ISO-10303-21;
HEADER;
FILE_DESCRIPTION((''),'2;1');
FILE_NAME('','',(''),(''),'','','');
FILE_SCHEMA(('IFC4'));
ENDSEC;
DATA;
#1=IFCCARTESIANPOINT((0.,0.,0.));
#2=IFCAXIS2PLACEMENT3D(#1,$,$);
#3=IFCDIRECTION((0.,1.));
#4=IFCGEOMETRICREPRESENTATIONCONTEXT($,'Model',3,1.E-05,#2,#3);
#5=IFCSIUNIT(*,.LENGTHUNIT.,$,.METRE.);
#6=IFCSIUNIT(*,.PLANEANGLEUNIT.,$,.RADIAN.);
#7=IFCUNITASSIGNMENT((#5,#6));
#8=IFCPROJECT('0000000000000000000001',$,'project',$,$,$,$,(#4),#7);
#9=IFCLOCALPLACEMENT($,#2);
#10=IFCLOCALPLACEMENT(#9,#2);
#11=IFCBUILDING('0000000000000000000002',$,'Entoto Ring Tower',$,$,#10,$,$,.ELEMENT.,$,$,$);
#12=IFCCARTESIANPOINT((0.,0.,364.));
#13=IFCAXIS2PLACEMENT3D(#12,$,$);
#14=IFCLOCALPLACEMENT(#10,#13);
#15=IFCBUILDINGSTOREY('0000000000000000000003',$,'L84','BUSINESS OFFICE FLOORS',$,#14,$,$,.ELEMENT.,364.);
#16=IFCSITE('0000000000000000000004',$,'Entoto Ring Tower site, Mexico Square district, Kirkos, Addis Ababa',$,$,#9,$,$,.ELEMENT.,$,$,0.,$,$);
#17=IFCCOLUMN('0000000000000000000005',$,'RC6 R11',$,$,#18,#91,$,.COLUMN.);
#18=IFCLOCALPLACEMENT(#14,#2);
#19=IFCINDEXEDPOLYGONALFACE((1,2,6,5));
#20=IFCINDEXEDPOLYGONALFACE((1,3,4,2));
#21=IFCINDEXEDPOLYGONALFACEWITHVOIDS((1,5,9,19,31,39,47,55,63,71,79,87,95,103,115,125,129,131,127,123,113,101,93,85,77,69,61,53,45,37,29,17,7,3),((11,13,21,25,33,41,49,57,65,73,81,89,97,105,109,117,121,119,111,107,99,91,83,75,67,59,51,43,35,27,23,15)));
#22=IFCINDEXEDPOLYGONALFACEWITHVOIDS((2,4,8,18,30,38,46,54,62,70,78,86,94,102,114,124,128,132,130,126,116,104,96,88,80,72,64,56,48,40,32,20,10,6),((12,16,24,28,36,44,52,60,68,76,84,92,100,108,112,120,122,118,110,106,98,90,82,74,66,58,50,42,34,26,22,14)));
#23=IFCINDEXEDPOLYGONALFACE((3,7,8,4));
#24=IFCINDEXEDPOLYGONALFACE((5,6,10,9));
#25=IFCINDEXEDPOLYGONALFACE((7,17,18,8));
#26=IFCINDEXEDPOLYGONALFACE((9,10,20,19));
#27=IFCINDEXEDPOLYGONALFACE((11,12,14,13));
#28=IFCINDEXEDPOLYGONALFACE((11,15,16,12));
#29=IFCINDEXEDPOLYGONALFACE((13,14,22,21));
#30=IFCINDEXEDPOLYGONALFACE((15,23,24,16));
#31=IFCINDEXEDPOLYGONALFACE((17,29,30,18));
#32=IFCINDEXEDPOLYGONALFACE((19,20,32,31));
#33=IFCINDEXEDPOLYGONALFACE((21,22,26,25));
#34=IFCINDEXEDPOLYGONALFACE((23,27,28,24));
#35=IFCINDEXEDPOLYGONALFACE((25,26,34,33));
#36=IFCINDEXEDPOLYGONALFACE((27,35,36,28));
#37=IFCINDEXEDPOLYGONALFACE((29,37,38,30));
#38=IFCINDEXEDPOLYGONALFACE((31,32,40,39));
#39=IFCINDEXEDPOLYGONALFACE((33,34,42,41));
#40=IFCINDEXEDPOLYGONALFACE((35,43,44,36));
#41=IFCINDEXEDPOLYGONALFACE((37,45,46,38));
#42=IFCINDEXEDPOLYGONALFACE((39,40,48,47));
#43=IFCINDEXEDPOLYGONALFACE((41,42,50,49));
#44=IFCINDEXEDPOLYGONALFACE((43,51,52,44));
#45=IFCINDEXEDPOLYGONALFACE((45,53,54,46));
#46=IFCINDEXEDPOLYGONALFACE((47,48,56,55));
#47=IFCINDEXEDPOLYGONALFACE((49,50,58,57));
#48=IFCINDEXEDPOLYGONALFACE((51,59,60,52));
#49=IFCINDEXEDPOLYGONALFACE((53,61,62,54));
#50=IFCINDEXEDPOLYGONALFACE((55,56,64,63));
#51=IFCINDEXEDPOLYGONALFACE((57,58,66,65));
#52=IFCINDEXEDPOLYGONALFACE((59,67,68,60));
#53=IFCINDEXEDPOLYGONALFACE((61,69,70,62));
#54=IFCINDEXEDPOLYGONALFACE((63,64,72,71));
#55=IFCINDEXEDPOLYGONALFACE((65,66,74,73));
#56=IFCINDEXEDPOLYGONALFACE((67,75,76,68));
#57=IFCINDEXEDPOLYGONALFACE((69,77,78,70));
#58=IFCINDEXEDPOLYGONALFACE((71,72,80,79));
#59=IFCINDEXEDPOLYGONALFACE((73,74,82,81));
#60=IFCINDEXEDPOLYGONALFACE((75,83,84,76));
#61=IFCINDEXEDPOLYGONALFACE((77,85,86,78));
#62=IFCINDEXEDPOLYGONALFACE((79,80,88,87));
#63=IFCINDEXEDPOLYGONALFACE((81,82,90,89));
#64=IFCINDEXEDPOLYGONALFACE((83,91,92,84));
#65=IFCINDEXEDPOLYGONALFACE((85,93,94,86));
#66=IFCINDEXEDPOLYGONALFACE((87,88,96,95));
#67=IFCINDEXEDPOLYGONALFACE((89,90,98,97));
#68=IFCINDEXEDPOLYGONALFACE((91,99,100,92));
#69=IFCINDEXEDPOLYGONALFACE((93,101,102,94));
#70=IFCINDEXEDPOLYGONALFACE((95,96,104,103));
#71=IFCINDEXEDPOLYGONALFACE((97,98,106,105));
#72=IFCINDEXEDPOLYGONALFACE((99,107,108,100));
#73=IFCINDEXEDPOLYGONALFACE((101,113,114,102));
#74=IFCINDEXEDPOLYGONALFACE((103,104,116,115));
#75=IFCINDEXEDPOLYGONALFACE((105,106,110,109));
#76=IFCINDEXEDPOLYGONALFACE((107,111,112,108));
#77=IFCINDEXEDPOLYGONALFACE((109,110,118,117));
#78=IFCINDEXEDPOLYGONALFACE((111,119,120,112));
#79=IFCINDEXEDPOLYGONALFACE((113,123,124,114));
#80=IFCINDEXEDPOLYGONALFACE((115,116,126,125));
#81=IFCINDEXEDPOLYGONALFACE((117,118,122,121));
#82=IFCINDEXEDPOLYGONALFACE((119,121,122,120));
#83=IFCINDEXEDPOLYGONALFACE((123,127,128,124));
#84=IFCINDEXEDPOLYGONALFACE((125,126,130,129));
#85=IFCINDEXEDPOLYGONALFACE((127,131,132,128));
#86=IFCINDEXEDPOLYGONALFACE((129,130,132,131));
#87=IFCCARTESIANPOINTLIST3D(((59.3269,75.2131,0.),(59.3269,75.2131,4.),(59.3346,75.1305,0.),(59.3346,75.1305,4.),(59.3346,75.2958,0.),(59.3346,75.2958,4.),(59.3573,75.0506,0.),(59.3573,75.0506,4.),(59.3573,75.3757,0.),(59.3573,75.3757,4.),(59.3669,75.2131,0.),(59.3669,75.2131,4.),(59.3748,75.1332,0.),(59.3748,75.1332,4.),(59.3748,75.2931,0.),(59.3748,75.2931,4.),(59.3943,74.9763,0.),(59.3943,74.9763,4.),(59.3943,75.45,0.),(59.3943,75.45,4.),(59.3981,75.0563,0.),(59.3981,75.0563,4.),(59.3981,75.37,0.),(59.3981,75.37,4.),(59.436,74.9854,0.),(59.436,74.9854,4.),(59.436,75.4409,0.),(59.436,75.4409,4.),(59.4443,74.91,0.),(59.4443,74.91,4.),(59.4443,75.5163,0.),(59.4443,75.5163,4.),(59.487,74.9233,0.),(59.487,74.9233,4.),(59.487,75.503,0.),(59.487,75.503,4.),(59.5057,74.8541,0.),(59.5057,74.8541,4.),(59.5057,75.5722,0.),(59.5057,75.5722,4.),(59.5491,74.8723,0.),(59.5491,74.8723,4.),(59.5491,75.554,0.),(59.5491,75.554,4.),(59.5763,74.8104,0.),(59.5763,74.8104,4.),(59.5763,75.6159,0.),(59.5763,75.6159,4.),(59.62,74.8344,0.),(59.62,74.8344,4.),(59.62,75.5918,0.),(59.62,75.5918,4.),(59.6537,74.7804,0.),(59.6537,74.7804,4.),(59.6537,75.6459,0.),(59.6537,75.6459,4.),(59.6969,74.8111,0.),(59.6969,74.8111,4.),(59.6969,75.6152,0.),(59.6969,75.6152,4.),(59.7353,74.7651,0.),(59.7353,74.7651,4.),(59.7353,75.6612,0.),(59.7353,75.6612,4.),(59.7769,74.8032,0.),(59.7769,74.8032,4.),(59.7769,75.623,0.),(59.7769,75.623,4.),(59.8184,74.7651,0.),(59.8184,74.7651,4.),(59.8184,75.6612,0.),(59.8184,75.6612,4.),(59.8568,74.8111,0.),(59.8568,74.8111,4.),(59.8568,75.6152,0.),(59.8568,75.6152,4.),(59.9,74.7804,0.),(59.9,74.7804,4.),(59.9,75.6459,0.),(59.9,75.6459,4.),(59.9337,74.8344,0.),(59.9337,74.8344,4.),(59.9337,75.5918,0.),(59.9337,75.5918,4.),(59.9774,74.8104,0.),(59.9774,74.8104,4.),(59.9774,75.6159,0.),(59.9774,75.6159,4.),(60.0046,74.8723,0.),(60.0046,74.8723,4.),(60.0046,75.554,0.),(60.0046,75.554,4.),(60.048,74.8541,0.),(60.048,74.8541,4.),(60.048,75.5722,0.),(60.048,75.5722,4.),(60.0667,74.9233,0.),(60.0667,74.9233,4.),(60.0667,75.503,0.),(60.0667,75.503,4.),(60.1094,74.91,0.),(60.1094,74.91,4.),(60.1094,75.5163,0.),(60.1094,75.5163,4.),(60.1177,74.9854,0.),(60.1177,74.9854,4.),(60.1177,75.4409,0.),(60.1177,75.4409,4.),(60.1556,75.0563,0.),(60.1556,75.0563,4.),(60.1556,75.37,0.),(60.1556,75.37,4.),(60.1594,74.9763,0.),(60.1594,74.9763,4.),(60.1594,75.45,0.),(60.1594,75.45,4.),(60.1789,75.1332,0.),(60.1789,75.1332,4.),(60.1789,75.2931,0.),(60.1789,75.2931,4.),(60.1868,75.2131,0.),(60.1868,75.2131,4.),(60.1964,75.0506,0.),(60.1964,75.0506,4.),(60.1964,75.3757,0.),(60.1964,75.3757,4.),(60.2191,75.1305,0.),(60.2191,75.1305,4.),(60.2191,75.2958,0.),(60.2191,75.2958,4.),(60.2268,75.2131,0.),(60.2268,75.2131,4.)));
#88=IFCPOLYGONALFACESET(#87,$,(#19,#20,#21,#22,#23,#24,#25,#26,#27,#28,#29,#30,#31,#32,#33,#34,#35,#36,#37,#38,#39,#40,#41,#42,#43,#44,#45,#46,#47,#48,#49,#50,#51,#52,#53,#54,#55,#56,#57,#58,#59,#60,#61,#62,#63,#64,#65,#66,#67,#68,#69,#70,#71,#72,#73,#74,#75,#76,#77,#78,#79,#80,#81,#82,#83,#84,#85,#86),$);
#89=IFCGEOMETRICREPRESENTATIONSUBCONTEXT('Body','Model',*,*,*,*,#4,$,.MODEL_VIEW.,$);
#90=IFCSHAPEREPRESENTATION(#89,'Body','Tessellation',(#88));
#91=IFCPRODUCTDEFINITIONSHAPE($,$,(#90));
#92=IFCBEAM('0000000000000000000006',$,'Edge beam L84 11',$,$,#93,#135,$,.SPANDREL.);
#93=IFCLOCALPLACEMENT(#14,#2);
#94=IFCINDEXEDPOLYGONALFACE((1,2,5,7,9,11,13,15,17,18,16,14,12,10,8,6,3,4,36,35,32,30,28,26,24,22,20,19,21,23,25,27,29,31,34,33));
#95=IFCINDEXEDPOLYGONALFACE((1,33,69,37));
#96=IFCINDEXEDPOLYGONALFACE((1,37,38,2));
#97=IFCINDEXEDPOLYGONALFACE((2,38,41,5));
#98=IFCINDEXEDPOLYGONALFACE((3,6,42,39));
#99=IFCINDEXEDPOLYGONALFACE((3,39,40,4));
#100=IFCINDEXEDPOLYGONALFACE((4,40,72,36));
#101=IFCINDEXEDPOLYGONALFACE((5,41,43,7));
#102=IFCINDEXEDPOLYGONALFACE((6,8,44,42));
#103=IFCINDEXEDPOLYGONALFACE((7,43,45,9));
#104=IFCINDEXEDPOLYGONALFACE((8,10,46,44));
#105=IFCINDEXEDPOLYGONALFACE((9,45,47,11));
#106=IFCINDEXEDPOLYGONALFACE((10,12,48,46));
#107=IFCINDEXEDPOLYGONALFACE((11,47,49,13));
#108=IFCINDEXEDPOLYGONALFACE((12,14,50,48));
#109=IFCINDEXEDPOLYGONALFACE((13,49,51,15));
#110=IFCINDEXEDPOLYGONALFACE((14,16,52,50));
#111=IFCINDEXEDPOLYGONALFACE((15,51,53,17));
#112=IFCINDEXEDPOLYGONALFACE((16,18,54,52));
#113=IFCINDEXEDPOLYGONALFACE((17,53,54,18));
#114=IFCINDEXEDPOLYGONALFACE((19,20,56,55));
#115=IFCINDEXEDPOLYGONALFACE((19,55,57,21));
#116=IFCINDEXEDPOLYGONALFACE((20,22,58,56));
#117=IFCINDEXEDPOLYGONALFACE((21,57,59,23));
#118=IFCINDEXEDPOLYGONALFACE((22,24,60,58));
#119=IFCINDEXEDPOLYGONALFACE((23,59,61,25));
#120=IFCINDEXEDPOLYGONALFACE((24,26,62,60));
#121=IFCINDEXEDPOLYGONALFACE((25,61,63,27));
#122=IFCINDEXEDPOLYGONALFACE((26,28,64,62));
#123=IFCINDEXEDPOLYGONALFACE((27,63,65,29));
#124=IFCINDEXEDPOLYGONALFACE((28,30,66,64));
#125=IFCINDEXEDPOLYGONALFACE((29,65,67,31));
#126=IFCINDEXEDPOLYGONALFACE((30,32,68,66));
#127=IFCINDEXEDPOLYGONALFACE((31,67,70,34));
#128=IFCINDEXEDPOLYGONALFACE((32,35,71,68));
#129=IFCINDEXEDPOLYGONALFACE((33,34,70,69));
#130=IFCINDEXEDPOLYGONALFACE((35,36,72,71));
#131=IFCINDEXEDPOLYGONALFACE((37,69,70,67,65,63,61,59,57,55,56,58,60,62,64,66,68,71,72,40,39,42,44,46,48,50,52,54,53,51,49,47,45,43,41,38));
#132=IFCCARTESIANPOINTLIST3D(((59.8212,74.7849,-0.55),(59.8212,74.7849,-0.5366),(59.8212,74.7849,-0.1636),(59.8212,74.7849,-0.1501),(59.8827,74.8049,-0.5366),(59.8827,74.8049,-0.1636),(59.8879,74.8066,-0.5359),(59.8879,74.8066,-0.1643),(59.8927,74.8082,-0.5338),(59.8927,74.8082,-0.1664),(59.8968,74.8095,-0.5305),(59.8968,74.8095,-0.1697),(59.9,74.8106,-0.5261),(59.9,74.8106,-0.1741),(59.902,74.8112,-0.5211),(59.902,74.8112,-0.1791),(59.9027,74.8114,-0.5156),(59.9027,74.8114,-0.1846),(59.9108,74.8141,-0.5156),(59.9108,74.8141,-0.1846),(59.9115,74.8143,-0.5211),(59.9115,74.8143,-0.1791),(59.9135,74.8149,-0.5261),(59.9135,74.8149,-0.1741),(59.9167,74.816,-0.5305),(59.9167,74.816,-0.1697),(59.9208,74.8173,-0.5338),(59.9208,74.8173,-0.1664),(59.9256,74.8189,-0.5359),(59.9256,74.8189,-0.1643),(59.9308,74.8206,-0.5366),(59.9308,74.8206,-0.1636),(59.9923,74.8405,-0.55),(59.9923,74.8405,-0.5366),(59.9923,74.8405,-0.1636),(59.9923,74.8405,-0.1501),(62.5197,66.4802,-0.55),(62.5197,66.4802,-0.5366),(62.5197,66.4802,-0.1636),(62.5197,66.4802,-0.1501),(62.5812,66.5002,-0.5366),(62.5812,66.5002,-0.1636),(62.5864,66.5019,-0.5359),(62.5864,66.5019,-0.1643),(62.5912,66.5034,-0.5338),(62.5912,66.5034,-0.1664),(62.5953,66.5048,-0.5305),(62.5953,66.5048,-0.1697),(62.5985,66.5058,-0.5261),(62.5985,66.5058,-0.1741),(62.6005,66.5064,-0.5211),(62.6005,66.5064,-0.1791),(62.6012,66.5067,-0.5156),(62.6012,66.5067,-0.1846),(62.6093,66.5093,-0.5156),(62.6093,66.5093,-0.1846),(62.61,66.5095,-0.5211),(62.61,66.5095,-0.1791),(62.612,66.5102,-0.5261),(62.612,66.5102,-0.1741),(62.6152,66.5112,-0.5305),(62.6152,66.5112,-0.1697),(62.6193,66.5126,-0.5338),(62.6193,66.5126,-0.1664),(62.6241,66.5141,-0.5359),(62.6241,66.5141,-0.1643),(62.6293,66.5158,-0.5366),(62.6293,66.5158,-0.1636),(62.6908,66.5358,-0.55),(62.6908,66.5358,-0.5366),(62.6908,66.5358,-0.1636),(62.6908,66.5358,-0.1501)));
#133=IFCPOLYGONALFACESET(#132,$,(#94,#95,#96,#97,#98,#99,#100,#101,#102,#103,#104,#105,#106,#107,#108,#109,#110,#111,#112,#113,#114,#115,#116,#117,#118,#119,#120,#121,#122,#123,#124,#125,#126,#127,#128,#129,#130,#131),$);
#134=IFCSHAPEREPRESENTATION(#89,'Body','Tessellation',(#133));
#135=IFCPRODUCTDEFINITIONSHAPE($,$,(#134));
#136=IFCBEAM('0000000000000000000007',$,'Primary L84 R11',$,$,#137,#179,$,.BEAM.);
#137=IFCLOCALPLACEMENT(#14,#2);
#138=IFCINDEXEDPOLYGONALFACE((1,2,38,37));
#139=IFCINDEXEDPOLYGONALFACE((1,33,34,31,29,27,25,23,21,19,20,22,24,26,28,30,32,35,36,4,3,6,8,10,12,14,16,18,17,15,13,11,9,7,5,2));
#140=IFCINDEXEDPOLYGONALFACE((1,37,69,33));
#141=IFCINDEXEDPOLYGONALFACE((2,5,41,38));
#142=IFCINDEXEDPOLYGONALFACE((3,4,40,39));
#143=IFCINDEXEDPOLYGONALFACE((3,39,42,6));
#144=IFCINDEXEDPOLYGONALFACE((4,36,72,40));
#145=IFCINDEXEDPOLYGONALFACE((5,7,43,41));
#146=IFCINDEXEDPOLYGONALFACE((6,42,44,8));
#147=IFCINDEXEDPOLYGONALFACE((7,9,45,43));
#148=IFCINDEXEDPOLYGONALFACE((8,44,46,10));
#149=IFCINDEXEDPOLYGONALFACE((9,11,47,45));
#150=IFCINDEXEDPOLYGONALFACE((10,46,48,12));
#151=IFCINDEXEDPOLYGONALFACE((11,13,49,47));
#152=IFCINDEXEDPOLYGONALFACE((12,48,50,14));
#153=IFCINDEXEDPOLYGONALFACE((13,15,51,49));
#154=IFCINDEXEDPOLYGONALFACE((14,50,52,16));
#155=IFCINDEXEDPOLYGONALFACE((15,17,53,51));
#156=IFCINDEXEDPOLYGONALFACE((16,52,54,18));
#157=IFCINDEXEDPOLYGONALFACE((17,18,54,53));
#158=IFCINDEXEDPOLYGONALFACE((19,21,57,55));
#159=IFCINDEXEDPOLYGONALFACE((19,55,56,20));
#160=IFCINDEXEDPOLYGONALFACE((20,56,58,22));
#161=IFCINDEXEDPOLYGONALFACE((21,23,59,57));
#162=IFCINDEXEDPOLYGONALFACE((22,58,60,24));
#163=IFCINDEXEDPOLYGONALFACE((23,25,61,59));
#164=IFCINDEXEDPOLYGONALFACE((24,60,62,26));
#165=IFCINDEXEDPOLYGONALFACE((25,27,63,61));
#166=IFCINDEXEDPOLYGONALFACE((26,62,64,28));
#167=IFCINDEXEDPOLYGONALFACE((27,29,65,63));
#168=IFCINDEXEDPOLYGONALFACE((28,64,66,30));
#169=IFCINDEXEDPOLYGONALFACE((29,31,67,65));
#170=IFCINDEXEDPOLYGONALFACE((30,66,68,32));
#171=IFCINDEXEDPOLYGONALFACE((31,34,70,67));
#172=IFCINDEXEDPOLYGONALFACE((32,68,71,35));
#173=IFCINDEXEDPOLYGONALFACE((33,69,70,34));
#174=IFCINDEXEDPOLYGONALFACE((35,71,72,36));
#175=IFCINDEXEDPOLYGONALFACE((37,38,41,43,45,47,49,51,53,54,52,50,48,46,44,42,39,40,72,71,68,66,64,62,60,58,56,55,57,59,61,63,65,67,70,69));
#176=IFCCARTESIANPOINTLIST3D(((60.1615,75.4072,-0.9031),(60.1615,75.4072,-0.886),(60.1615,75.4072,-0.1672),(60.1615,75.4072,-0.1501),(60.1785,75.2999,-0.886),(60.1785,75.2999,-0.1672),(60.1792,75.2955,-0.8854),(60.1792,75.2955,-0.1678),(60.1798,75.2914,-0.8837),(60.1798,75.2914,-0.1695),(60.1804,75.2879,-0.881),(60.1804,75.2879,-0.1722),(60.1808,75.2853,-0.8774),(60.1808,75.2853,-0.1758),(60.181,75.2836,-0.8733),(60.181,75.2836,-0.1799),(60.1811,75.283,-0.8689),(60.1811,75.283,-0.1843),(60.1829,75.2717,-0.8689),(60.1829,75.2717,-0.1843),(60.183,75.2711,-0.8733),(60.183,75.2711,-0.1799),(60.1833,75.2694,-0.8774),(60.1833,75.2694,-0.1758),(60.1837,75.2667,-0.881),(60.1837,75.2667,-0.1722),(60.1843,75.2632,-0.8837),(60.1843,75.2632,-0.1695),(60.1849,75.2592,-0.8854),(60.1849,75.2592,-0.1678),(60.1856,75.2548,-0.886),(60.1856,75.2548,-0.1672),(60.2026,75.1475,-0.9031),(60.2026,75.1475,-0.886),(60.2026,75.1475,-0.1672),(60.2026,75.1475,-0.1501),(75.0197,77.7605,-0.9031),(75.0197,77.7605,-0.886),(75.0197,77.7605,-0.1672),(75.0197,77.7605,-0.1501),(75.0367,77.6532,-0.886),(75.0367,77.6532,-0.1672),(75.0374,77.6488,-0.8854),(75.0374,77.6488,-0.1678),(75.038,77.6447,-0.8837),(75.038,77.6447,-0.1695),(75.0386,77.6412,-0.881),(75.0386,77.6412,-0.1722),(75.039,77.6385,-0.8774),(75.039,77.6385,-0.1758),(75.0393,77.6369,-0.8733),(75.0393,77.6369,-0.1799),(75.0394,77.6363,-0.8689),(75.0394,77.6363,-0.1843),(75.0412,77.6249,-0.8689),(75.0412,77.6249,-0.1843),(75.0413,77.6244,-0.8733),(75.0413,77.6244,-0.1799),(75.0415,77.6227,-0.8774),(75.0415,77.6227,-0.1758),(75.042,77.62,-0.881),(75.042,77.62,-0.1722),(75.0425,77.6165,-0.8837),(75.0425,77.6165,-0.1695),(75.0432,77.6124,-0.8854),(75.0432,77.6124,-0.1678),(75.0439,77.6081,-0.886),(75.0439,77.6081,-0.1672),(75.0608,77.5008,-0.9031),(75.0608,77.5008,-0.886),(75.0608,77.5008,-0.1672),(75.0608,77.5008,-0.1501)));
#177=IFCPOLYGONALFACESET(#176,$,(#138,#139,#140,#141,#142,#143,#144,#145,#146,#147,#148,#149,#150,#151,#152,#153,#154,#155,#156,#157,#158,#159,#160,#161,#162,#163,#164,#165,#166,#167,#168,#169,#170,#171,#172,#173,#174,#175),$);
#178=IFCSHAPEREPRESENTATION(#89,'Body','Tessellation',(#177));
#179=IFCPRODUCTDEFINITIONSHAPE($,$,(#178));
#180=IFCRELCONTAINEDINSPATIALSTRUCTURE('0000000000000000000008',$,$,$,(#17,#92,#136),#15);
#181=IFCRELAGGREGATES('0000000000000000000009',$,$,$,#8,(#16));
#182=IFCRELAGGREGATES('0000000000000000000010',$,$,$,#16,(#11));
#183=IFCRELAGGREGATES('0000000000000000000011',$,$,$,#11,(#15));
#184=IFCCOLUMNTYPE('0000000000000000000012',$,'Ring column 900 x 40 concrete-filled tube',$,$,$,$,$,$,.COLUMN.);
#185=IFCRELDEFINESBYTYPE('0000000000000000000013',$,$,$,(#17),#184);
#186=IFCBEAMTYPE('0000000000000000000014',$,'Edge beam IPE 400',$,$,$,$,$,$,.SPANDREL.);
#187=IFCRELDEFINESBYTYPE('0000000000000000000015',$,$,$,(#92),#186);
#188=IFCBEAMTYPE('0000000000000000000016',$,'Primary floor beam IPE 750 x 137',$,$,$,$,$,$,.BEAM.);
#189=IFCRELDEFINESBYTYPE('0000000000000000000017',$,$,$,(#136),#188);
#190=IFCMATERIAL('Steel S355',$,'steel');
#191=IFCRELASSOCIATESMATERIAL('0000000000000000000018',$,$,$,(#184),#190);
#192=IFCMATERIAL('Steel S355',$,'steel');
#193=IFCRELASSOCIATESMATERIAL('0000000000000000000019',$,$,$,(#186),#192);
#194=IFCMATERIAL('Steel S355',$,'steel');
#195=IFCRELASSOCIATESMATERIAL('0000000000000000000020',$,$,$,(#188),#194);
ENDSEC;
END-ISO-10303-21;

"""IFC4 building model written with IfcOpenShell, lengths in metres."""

from ifc_helpers import new_model, si_unit, direction, frame, origin, origin_2d, place, context, subcontext, project, spatial, circle, hollow_circle, i_section, extrude, material, material_profile, profile_set, type_object, element, save


model = new_model("IFC4")

# Units and contexts
model_context = context("Model", 3, precision=1e-05, world=origin(), true_north=direction((0.0, 1.0)))
body_context = subcontext(model_context, "Body", "Model", "MODEL_VIEW")
ifc_project = project(units=[si_unit("LENGTHUNIT", "METRE"), si_unit("PLANEANGLEUNIT", "RADIAN")], contexts=[model_context])

# Site, building, storey
site_placement = place(None, origin())
site = spatial("IfcSite", under=ifc_project, at=site_placement, Name="Entoto Ring Tower site, Mexico Square district, Kirkos, Addis Ababa", CompositionType="ELEMENT", RefElevation=0.0)
building_placement = place(site_placement, origin())
building = spatial("IfcBuilding", under=site, at=building_placement, Name="Entoto Ring Tower", CompositionType="ELEMENT")
storey_placement = place(building_placement, frame((0.0, 0.0, 364.0)))
storey = spatial("IfcBuildingStorey", under=building, at=storey_placement, Name="L84", Description="BUSINESS OFFICE FLOORS", CompositionType="ELEMENT", Elevation=364.0)

# Column
ifc_material_1 = material(Name="Steel S355", Category="steel")
ifc_material_profile_1 = material_profile(ifc_material_1, hollow_circle(Radius=0.45, WallThickness=0.04, at=origin_2d()), Name="CHS 900 x 40")
ifc_material_2 = material(Name="Concrete C60/75", Category="concrete")
ifc_material_profile_2 = material_profile(ifc_material_2, circle(Radius=0.4099, at=origin_2d()), Name="Concrete C60/75 infill")
ifc_profile_set_1 = profile_set([ifc_material_profile_1, ifc_material_profile_2], Name="Steel S355")
column_type = type_object("IfcColumnType", Name="Ring column 900 x 40 concrete-filled tube", PredefinedType="COLUMN", material=ifc_profile_set_1)
column_placement = place(storey_placement, frame((59.7769, 75.2131, 0.0), z_axis=(0.0, 0.0, 1.0), x_axis=(1.0, 0.0, 0.0)))
element("IfcColumn", 1, at=column_placement, inside=storey, type_object=column_type, Name="RC6 R11", PredefinedType="COLUMN", context=body_context, shape_type="SweptSolid", body=[
    extrude(hollow_circle(Radius=0.45, WallThickness=0.04, at=origin_2d()), origin(), (0.0, 0.0, 1.0), 4.0),
])

# Beams
ifc_material_3 = material(Name="Steel S355", Category="steel")
ifc_material_profile_3 = material_profile(ifc_material_3, i_section(OverallWidth=0.1799, OverallDepth=0.3999, WebThickness=0.0085, FlangeThickness=0.0134, FilletRadius=0.021, at=origin_2d()), Name="IPE 400")
ifc_profile_set_2 = profile_set([ifc_material_profile_3], Name="Steel S355")
beam_type_1 = type_object("IfcBeamType", Name="Edge beam IPE 400", PredefinedType="SPANDREL", material=ifc_profile_set_2)
beam_1_placement = place(storey_placement, frame((59.9067, 74.8127, -0.3501), z_axis=(0.30903, -0.951052, 0.0), x_axis=(0.951052, 0.30903, 0.0)))
element("IfcBeam", 2, at=beam_1_placement, inside=storey, type_object=beam_type_1, Name="Edge beam L84 11", PredefinedType="SPANDREL", context=body_context, shape_type="SweptSolid", body=[
    extrude(i_section(OverallWidth=0.1799, OverallDepth=0.3999, WebThickness=0.0085, FlangeThickness=0.0134, FilletRadius=0.021, at=origin_2d()), origin(), (0.0, 0.0, 1.0), 8.7322),
])
ifc_material_4 = material(Name="Steel S355", Category="steel")
ifc_material_profile_4 = material_profile(ifc_material_4, i_section(OverallWidth=0.2629, OverallDepth=0.7529, WebThickness=0.0115, FlangeThickness=0.0171, FilletRadius=0.0171, at=origin_2d()), Name="IPE 750 x 137")
ifc_profile_set_3 = profile_set([ifc_material_profile_4], Name="Steel S355")
beam_type_2 = type_object("IfcBeamType", Name="Primary floor beam IPE 750 x 137", PredefinedType="BEAM", material=ifc_profile_set_3)
beam_2_placement = place(storey_placement, frame((75.0403, 77.6306, -0.5266), z_axis=(-0.987689, -0.156433, 0.0), x_axis=(0.156433, -0.987689, 0.0)))
element("IfcBeam", 3, at=beam_2_placement, inside=storey, type_object=beam_type_2, Name="Primary L84 R11", PredefinedType="BEAM", context=body_context, shape_type="SweptSolid", body=[
    extrude(i_section(OverallWidth=0.2629, OverallDepth=0.7529, WebThickness=0.0115, FlangeThickness=0.0171, FilletRadius=0.0171, at=origin_2d()), origin(), (0.0, 0.0, 1.0), 15.0435),
])

save(model, "model.ifc")
